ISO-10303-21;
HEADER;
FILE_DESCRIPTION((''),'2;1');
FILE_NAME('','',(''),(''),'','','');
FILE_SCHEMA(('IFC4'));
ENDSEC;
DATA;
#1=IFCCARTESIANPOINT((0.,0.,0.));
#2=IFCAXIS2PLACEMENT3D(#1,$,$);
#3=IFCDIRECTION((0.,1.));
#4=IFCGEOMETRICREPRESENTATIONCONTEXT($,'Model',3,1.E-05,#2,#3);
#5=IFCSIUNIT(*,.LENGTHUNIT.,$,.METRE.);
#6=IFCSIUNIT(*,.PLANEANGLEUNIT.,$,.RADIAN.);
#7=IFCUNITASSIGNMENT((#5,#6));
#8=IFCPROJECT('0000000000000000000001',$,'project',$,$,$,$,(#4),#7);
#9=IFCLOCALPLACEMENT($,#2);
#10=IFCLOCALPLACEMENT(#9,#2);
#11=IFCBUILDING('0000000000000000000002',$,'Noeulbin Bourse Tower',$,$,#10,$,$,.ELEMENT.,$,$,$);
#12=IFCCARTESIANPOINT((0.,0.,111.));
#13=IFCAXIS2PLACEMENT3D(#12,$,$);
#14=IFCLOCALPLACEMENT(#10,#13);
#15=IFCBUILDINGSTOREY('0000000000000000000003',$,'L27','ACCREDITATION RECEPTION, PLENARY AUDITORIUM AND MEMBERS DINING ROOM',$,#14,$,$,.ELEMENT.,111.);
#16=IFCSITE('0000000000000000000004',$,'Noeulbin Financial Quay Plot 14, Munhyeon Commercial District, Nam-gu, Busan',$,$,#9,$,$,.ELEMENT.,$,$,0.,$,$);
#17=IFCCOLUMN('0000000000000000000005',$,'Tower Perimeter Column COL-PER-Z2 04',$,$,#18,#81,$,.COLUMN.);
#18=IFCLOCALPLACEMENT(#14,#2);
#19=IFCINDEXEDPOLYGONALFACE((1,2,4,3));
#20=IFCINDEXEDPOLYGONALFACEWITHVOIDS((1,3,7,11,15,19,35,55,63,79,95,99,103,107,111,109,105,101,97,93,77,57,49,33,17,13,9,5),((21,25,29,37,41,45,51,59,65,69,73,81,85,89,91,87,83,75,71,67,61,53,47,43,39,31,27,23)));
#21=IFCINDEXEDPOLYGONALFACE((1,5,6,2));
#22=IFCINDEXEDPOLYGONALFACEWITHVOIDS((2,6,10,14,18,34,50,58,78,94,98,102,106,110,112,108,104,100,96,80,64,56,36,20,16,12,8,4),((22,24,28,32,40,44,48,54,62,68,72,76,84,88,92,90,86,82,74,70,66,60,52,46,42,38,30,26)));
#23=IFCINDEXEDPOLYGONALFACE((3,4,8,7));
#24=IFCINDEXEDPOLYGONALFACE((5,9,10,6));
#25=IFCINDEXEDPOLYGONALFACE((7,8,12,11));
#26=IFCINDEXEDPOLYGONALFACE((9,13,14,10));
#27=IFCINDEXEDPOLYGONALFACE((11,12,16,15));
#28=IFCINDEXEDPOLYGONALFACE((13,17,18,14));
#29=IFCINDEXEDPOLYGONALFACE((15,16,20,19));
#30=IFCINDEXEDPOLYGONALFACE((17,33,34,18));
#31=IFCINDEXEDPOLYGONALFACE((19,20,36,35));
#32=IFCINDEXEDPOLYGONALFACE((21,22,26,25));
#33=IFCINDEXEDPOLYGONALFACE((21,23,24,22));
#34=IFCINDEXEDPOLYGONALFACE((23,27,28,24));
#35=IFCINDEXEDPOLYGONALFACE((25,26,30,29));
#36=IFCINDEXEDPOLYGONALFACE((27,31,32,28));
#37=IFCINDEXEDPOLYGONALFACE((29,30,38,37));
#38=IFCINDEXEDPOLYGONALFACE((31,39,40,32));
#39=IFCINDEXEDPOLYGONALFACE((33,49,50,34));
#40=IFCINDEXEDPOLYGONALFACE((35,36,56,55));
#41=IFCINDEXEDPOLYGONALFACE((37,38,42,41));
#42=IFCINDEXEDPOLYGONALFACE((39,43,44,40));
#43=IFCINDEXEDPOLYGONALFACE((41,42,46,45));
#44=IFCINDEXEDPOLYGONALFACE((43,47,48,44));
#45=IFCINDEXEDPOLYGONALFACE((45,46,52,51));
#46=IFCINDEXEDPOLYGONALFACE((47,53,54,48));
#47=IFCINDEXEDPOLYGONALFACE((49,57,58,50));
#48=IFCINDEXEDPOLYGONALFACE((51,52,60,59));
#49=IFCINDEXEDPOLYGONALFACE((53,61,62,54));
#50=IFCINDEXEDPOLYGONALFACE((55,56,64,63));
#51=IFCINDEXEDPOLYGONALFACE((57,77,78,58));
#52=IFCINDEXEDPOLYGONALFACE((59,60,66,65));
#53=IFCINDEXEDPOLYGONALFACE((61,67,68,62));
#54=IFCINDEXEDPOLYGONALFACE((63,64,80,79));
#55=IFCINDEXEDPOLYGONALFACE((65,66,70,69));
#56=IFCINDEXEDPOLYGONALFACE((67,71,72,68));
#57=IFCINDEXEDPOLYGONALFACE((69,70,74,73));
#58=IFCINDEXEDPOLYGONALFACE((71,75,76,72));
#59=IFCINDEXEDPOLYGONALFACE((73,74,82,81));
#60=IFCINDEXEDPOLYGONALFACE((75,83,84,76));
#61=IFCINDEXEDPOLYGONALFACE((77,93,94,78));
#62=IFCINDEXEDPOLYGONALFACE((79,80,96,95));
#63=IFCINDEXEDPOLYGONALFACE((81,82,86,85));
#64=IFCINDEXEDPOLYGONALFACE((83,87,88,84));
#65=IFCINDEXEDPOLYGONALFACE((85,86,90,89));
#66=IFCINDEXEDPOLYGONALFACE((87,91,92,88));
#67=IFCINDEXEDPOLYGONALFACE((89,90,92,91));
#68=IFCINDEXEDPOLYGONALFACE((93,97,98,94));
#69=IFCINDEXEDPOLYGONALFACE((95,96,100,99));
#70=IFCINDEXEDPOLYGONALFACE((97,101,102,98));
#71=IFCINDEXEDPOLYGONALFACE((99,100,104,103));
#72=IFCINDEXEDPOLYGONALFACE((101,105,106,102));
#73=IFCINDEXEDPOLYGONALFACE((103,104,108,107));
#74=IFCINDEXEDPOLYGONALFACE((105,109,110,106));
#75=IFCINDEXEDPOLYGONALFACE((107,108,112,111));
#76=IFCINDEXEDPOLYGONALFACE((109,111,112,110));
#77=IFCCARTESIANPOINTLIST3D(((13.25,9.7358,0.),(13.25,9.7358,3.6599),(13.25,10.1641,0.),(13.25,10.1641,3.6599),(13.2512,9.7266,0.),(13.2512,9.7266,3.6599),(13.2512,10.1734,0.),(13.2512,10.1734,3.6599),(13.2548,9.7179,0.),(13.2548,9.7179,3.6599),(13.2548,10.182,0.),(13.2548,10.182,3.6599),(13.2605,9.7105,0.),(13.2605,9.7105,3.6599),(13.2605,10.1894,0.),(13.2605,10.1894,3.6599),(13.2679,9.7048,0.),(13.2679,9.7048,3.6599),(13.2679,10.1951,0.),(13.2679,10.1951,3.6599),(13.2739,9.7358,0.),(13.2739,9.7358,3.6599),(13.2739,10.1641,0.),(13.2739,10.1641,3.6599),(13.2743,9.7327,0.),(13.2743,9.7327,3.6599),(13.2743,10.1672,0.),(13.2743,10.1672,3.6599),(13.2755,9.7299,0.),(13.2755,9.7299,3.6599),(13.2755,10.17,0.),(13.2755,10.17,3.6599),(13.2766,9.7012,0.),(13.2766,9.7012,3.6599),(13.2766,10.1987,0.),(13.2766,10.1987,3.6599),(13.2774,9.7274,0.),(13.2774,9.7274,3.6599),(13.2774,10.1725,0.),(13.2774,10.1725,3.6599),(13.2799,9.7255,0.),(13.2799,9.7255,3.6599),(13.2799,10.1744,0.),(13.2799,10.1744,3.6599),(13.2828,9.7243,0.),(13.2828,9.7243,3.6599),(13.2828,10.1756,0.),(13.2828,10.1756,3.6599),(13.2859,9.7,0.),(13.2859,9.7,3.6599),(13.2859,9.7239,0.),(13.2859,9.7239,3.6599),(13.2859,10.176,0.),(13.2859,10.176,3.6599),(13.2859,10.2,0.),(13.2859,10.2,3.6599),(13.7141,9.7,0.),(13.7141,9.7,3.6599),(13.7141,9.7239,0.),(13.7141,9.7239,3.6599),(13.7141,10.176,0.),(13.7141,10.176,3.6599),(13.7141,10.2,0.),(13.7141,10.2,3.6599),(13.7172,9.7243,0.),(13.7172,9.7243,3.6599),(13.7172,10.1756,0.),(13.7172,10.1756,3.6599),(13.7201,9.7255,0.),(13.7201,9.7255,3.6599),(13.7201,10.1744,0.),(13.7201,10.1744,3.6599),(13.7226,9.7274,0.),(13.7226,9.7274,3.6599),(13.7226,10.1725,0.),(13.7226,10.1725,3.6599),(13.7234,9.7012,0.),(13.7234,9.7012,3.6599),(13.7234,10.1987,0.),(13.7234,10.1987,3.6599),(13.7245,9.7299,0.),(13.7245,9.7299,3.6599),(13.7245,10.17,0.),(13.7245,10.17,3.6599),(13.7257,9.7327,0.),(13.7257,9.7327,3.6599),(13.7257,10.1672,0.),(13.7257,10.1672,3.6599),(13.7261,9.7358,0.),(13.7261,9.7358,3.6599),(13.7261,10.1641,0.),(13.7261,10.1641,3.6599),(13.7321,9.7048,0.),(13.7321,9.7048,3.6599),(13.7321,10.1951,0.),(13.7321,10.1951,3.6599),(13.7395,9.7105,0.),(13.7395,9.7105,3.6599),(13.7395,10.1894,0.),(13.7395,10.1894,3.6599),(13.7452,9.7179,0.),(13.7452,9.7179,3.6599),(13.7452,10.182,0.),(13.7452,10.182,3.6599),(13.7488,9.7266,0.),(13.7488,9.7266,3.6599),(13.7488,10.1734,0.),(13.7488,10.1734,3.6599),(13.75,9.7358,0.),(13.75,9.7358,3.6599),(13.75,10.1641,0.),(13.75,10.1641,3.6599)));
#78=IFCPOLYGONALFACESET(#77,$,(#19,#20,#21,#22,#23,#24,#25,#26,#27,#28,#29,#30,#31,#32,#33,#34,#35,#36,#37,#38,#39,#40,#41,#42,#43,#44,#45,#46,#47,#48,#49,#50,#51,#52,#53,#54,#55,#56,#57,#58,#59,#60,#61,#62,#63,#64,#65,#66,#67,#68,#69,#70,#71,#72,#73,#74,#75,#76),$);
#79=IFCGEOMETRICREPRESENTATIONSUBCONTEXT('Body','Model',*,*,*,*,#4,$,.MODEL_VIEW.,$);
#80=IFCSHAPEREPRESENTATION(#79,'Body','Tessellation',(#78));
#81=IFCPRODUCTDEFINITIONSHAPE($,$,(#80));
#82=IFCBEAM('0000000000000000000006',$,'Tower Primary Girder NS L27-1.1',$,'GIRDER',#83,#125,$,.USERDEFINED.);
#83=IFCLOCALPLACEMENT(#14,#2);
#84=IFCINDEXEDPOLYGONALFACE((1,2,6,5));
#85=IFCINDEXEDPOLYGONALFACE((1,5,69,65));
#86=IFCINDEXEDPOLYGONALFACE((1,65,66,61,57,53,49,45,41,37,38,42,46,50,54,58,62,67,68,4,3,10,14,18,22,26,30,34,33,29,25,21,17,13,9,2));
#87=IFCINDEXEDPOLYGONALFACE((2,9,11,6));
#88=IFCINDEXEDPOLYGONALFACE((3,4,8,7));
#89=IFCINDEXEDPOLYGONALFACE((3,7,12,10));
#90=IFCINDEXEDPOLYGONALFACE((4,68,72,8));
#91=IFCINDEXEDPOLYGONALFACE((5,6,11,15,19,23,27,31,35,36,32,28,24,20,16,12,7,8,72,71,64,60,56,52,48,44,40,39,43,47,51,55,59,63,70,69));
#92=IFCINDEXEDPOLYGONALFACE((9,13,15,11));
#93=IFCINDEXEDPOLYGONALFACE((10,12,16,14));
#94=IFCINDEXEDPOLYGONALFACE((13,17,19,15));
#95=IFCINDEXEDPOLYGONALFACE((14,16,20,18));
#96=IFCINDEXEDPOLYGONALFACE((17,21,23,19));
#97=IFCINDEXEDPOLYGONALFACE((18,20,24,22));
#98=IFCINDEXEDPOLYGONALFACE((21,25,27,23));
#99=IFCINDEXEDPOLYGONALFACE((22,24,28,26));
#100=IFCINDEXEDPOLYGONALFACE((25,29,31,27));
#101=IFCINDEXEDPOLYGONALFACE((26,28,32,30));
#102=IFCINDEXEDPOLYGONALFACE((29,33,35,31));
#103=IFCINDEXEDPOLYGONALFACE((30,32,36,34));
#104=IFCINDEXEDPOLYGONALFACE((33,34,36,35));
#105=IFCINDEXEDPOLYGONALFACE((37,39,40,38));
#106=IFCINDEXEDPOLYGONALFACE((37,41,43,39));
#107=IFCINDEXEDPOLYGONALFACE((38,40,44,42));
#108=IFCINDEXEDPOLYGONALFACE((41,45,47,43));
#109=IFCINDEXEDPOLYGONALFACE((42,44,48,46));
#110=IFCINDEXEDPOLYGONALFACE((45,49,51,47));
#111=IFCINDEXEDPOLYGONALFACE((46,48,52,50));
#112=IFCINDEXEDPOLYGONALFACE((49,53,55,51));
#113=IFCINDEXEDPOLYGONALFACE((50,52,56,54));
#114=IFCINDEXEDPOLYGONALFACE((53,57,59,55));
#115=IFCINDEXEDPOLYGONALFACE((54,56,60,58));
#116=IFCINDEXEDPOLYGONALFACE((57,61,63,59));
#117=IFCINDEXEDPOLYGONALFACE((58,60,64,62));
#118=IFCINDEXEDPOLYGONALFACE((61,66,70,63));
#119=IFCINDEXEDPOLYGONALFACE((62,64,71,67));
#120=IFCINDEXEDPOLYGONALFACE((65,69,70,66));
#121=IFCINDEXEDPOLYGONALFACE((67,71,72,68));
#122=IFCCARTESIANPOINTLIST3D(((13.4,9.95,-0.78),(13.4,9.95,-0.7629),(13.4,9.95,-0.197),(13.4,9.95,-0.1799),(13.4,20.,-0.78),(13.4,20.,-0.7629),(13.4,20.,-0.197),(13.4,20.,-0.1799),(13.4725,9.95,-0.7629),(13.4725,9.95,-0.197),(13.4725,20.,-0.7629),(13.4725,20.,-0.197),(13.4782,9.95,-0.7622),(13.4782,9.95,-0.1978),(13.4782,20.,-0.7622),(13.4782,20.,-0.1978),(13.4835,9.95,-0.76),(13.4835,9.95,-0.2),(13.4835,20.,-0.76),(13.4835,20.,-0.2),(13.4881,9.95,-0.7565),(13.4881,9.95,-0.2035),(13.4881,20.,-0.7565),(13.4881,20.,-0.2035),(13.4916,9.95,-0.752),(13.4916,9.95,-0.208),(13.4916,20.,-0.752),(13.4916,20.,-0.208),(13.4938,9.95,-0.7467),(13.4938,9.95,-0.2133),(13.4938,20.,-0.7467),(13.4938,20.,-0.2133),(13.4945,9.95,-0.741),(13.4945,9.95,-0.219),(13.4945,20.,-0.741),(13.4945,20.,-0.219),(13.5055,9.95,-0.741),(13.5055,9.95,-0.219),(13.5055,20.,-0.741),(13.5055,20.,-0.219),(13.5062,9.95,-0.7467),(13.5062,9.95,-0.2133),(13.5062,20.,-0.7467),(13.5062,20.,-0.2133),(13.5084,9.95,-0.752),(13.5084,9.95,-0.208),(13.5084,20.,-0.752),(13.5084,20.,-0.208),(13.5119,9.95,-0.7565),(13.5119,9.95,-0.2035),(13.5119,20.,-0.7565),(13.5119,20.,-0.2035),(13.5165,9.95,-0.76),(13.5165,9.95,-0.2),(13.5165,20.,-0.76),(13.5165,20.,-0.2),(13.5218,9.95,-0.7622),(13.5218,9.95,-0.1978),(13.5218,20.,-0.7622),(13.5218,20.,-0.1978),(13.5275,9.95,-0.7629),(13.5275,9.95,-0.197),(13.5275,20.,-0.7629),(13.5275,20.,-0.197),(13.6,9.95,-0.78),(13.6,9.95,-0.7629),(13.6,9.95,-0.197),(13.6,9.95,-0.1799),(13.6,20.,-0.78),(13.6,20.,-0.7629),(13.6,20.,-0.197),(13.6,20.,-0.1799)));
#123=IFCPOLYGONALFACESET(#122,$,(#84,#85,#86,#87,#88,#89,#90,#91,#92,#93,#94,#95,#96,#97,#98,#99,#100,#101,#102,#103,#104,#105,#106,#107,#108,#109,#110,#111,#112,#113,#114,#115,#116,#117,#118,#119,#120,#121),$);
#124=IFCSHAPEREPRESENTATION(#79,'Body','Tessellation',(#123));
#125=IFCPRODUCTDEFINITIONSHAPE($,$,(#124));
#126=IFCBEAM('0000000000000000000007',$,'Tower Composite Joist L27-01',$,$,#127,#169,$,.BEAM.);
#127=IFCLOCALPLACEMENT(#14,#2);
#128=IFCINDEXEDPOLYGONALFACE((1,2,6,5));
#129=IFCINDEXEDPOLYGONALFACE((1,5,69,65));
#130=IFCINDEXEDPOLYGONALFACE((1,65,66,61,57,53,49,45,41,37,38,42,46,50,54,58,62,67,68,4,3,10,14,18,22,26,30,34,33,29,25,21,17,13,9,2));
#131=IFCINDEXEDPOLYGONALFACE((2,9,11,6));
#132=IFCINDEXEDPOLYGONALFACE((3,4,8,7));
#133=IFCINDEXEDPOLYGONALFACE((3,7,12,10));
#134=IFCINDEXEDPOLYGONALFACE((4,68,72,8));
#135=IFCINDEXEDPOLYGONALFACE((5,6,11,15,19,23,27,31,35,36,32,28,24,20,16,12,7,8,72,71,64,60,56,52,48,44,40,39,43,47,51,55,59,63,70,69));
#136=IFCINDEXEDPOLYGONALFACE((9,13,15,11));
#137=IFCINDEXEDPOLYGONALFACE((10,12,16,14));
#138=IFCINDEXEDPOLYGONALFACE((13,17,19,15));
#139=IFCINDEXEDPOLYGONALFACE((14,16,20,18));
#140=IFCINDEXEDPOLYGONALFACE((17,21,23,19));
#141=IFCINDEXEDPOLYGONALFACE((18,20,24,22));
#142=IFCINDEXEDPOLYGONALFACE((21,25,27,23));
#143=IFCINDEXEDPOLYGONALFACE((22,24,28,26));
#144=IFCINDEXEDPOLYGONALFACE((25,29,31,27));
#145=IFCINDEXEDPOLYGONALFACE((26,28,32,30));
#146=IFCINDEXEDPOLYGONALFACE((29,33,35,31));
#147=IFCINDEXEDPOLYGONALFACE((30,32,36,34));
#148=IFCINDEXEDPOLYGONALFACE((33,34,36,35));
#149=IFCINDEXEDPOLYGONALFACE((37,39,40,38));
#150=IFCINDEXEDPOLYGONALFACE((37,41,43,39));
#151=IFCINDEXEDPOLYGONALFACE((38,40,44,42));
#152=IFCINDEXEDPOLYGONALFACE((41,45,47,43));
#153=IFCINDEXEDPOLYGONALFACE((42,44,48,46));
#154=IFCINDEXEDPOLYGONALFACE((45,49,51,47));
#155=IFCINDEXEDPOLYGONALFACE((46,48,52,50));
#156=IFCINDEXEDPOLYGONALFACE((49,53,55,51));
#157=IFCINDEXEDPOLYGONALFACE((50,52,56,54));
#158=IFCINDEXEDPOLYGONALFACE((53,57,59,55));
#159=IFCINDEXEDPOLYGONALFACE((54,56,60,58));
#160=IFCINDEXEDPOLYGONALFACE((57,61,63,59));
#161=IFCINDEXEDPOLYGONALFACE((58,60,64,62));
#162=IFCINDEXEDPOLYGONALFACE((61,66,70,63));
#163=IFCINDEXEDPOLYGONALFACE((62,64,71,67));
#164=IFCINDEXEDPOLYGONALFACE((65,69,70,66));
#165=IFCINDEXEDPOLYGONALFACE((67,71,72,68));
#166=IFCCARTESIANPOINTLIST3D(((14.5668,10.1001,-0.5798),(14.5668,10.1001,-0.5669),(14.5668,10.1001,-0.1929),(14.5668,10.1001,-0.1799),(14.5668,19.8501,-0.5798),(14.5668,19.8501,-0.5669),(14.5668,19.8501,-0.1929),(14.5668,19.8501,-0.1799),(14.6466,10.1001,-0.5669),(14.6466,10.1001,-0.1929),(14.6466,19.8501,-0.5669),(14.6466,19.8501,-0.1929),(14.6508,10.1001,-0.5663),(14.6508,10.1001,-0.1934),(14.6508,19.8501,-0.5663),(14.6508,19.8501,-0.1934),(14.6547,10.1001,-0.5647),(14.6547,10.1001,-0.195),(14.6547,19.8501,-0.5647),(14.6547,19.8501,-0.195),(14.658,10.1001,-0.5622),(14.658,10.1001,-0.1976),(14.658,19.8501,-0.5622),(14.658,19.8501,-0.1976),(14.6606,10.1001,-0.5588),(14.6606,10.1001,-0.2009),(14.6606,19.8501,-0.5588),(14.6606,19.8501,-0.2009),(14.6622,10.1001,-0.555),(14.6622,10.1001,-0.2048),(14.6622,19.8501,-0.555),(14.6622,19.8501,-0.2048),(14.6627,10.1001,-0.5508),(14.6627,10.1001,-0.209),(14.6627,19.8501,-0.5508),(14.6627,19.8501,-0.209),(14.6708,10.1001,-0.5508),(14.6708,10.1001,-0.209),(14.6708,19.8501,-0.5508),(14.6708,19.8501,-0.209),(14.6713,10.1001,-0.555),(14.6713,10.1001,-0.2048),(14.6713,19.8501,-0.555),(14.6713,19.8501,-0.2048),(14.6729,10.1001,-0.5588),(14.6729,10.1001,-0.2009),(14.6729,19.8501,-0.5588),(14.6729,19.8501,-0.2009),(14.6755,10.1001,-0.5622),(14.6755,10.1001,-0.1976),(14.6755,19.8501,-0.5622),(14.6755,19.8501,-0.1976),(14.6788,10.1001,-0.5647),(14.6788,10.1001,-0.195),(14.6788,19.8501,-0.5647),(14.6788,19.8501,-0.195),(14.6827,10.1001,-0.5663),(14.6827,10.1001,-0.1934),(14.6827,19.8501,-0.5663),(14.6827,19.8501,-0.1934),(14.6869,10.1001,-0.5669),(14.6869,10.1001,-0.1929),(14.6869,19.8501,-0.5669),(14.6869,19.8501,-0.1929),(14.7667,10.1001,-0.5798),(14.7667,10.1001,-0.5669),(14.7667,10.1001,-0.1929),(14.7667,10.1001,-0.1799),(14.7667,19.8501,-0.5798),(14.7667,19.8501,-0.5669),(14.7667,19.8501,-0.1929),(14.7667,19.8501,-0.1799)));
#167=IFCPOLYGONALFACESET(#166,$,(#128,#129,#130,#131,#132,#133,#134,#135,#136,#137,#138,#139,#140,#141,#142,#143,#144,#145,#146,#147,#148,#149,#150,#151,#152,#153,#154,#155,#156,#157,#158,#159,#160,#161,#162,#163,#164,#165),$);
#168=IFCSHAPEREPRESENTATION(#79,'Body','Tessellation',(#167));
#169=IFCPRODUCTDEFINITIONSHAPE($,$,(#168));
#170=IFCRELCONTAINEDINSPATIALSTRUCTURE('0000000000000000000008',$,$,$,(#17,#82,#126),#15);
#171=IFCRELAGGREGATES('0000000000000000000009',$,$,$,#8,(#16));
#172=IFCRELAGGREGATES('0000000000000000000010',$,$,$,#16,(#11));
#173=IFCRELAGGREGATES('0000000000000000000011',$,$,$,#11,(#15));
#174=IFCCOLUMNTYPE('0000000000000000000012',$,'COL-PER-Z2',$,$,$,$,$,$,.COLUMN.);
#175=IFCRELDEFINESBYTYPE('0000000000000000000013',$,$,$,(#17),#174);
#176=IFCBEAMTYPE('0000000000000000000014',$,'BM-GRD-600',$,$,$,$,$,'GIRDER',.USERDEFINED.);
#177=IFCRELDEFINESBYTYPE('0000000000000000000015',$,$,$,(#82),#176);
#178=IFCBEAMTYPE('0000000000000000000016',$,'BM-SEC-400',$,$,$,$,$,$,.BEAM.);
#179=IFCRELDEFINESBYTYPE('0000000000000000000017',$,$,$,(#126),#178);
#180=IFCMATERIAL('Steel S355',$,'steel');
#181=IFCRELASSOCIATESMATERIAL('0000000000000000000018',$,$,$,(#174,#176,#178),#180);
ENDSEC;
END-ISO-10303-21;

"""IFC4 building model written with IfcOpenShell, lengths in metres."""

from ifc_helpers import new_model, si_unit, direction, frame, origin, origin_2d, place, context, subcontext, project, spatial, hollow_rectangle, i_section, extrude, material, material_profile, profile_set, type_object, element, save


model = new_model("IFC4")

# Units and contexts
model_context = context("Model", 3, precision=1e-05, world=origin(), true_north=direction((0.0, 1.0)))
body_context = subcontext(model_context, "Body", "Model", "MODEL_VIEW")
ifc_project = project(units=[si_unit("LENGTHUNIT", "METRE"), si_unit("PLANEANGLEUNIT", "RADIAN")], contexts=[model_context])

# Site, building, storey
site_placement = place(None, origin())
site = spatial("IfcSite", under=ifc_project, at=site_placement, Name="Noeulbin Financial Quay Plot 14, Munhyeon Commercial District, Nam-gu, Busan", CompositionType="ELEMENT", RefElevation=0.0)
building_placement = place(site_placement, origin())
building = spatial("IfcBuilding", under=site, at=building_placement, Name="Noeulbin Bourse Tower", CompositionType="ELEMENT")
storey_placement = place(building_placement, frame((0.0, 0.0, 111.0)))
storey = spatial("IfcBuildingStorey", under=building, at=storey_placement, Name="L27", Description="ACCREDITATION RECEPTION, PLENARY AUDITORIUM AND MEMBERS DINING ROOM", CompositionType="ELEMENT", Elevation=111.0)

# Column
ifc_material_1 = material(Name="Steel S355", Category="steel")
ifc_material_profile_1 = material_profile(ifc_material_1, hollow_rectangle(XDim=0.5, YDim=0.5, WallThickness=0.0239, InnerFilletRadius=0.012, OuterFilletRadius=0.0359, at=origin_2d()), Name="BOX-500x500x24", Category="LoadBearing")
ifc_profile_set_1 = profile_set([ifc_material_profile_1], Name="Steel S355")
column_type = type_object("IfcColumnType", Name="COL-PER-Z2", PredefinedType="COLUMN", material=ifc_profile_set_1)
column_placement = place(storey_placement, frame((13.5, 9.95, 0.0), z_axis=(0.0, 0.0, 1.0), x_axis=(1.0, 0.0, 0.0)))
element("IfcColumn", 1, at=column_placement, inside=storey, type_object=column_type, Name="Tower Perimeter Column COL-PER-Z2 04", PredefinedType="COLUMN", context=body_context, shape_type="SweptSolid", body=[
    extrude(hollow_rectangle(XDim=0.5, YDim=0.5, WallThickness=0.0239, InnerFilletRadius=0.012, OuterFilletRadius=0.0359, at=origin_2d()), origin(), (0.0, 0.0, 1.0), 3.6599),
])

# Beams
ifc_material_profile_2 = material_profile(ifc_material_1, i_section(OverallWidth=0.2, OverallDepth=0.6001, WebThickness=0.011, FlangeThickness=0.0171, FilletRadius=0.022, at=origin_2d()), Name="H-600x200x11x17", Category="LoadBearing")
ifc_profile_set_2 = profile_set([ifc_material_profile_2], Name="Steel S355")
beam_type_1 = type_object("IfcBeamType", Name="BM-GRD-600", ElementType="GIRDER", PredefinedType="USERDEFINED", material=ifc_profile_set_2)
beam_1_placement = place(storey_placement, frame((13.5, 9.95, -0.48), z_axis=(0.0, 1.0, 0.0), x_axis=(-1.0, 0.0, 0.0)))
element("IfcBeam", 2, at=beam_1_placement, inside=storey, type_object=beam_type_1, Name="Tower Primary Girder NS L27-1.1", ObjectType="GIRDER", PredefinedType="USERDEFINED", context=body_context, shape_type="SweptSolid", body=[
    extrude(i_section(OverallWidth=0.2, OverallDepth=0.6001, WebThickness=0.011, FlangeThickness=0.0171, FilletRadius=0.022, at=origin_2d()), origin(), (0.0, 0.0, 1.0), 10.05),
])
ifc_material_profile_3 = material_profile(ifc_material_1, i_section(OverallWidth=0.2, OverallDepth=0.3999, WebThickness=0.0081, FlangeThickness=0.0129, FilletRadius=0.0161, at=origin_2d()), Name="H-400x200x8x13", Category="LoadBearing")
ifc_profile_set_3 = profile_set([ifc_material_profile_3], Name="Steel S355")
beam_type_2 = type_object("IfcBeamType", Name="BM-SEC-400", PredefinedType="BEAM", material=ifc_profile_set_3)
beam_2_placement = place(storey_placement, frame((14.6667, 10.1001, -0.3799), z_axis=(0.0, 1.0, 0.0), x_axis=(-1.0, 0.0, 0.0)))
element("IfcBeam", 3, at=beam_2_placement, inside=storey, type_object=beam_type_2, Name="Tower Composite Joist L27-01", PredefinedType="BEAM", context=body_context, shape_type="SweptSolid", body=[
    extrude(i_section(OverallWidth=0.2, OverallDepth=0.3999, WebThickness=0.0081, FlangeThickness=0.0129, FilletRadius=0.0161, at=origin_2d()), origin(), (0.0, 0.0, 1.0), 9.75),
])

save(model, "model.ifc")
